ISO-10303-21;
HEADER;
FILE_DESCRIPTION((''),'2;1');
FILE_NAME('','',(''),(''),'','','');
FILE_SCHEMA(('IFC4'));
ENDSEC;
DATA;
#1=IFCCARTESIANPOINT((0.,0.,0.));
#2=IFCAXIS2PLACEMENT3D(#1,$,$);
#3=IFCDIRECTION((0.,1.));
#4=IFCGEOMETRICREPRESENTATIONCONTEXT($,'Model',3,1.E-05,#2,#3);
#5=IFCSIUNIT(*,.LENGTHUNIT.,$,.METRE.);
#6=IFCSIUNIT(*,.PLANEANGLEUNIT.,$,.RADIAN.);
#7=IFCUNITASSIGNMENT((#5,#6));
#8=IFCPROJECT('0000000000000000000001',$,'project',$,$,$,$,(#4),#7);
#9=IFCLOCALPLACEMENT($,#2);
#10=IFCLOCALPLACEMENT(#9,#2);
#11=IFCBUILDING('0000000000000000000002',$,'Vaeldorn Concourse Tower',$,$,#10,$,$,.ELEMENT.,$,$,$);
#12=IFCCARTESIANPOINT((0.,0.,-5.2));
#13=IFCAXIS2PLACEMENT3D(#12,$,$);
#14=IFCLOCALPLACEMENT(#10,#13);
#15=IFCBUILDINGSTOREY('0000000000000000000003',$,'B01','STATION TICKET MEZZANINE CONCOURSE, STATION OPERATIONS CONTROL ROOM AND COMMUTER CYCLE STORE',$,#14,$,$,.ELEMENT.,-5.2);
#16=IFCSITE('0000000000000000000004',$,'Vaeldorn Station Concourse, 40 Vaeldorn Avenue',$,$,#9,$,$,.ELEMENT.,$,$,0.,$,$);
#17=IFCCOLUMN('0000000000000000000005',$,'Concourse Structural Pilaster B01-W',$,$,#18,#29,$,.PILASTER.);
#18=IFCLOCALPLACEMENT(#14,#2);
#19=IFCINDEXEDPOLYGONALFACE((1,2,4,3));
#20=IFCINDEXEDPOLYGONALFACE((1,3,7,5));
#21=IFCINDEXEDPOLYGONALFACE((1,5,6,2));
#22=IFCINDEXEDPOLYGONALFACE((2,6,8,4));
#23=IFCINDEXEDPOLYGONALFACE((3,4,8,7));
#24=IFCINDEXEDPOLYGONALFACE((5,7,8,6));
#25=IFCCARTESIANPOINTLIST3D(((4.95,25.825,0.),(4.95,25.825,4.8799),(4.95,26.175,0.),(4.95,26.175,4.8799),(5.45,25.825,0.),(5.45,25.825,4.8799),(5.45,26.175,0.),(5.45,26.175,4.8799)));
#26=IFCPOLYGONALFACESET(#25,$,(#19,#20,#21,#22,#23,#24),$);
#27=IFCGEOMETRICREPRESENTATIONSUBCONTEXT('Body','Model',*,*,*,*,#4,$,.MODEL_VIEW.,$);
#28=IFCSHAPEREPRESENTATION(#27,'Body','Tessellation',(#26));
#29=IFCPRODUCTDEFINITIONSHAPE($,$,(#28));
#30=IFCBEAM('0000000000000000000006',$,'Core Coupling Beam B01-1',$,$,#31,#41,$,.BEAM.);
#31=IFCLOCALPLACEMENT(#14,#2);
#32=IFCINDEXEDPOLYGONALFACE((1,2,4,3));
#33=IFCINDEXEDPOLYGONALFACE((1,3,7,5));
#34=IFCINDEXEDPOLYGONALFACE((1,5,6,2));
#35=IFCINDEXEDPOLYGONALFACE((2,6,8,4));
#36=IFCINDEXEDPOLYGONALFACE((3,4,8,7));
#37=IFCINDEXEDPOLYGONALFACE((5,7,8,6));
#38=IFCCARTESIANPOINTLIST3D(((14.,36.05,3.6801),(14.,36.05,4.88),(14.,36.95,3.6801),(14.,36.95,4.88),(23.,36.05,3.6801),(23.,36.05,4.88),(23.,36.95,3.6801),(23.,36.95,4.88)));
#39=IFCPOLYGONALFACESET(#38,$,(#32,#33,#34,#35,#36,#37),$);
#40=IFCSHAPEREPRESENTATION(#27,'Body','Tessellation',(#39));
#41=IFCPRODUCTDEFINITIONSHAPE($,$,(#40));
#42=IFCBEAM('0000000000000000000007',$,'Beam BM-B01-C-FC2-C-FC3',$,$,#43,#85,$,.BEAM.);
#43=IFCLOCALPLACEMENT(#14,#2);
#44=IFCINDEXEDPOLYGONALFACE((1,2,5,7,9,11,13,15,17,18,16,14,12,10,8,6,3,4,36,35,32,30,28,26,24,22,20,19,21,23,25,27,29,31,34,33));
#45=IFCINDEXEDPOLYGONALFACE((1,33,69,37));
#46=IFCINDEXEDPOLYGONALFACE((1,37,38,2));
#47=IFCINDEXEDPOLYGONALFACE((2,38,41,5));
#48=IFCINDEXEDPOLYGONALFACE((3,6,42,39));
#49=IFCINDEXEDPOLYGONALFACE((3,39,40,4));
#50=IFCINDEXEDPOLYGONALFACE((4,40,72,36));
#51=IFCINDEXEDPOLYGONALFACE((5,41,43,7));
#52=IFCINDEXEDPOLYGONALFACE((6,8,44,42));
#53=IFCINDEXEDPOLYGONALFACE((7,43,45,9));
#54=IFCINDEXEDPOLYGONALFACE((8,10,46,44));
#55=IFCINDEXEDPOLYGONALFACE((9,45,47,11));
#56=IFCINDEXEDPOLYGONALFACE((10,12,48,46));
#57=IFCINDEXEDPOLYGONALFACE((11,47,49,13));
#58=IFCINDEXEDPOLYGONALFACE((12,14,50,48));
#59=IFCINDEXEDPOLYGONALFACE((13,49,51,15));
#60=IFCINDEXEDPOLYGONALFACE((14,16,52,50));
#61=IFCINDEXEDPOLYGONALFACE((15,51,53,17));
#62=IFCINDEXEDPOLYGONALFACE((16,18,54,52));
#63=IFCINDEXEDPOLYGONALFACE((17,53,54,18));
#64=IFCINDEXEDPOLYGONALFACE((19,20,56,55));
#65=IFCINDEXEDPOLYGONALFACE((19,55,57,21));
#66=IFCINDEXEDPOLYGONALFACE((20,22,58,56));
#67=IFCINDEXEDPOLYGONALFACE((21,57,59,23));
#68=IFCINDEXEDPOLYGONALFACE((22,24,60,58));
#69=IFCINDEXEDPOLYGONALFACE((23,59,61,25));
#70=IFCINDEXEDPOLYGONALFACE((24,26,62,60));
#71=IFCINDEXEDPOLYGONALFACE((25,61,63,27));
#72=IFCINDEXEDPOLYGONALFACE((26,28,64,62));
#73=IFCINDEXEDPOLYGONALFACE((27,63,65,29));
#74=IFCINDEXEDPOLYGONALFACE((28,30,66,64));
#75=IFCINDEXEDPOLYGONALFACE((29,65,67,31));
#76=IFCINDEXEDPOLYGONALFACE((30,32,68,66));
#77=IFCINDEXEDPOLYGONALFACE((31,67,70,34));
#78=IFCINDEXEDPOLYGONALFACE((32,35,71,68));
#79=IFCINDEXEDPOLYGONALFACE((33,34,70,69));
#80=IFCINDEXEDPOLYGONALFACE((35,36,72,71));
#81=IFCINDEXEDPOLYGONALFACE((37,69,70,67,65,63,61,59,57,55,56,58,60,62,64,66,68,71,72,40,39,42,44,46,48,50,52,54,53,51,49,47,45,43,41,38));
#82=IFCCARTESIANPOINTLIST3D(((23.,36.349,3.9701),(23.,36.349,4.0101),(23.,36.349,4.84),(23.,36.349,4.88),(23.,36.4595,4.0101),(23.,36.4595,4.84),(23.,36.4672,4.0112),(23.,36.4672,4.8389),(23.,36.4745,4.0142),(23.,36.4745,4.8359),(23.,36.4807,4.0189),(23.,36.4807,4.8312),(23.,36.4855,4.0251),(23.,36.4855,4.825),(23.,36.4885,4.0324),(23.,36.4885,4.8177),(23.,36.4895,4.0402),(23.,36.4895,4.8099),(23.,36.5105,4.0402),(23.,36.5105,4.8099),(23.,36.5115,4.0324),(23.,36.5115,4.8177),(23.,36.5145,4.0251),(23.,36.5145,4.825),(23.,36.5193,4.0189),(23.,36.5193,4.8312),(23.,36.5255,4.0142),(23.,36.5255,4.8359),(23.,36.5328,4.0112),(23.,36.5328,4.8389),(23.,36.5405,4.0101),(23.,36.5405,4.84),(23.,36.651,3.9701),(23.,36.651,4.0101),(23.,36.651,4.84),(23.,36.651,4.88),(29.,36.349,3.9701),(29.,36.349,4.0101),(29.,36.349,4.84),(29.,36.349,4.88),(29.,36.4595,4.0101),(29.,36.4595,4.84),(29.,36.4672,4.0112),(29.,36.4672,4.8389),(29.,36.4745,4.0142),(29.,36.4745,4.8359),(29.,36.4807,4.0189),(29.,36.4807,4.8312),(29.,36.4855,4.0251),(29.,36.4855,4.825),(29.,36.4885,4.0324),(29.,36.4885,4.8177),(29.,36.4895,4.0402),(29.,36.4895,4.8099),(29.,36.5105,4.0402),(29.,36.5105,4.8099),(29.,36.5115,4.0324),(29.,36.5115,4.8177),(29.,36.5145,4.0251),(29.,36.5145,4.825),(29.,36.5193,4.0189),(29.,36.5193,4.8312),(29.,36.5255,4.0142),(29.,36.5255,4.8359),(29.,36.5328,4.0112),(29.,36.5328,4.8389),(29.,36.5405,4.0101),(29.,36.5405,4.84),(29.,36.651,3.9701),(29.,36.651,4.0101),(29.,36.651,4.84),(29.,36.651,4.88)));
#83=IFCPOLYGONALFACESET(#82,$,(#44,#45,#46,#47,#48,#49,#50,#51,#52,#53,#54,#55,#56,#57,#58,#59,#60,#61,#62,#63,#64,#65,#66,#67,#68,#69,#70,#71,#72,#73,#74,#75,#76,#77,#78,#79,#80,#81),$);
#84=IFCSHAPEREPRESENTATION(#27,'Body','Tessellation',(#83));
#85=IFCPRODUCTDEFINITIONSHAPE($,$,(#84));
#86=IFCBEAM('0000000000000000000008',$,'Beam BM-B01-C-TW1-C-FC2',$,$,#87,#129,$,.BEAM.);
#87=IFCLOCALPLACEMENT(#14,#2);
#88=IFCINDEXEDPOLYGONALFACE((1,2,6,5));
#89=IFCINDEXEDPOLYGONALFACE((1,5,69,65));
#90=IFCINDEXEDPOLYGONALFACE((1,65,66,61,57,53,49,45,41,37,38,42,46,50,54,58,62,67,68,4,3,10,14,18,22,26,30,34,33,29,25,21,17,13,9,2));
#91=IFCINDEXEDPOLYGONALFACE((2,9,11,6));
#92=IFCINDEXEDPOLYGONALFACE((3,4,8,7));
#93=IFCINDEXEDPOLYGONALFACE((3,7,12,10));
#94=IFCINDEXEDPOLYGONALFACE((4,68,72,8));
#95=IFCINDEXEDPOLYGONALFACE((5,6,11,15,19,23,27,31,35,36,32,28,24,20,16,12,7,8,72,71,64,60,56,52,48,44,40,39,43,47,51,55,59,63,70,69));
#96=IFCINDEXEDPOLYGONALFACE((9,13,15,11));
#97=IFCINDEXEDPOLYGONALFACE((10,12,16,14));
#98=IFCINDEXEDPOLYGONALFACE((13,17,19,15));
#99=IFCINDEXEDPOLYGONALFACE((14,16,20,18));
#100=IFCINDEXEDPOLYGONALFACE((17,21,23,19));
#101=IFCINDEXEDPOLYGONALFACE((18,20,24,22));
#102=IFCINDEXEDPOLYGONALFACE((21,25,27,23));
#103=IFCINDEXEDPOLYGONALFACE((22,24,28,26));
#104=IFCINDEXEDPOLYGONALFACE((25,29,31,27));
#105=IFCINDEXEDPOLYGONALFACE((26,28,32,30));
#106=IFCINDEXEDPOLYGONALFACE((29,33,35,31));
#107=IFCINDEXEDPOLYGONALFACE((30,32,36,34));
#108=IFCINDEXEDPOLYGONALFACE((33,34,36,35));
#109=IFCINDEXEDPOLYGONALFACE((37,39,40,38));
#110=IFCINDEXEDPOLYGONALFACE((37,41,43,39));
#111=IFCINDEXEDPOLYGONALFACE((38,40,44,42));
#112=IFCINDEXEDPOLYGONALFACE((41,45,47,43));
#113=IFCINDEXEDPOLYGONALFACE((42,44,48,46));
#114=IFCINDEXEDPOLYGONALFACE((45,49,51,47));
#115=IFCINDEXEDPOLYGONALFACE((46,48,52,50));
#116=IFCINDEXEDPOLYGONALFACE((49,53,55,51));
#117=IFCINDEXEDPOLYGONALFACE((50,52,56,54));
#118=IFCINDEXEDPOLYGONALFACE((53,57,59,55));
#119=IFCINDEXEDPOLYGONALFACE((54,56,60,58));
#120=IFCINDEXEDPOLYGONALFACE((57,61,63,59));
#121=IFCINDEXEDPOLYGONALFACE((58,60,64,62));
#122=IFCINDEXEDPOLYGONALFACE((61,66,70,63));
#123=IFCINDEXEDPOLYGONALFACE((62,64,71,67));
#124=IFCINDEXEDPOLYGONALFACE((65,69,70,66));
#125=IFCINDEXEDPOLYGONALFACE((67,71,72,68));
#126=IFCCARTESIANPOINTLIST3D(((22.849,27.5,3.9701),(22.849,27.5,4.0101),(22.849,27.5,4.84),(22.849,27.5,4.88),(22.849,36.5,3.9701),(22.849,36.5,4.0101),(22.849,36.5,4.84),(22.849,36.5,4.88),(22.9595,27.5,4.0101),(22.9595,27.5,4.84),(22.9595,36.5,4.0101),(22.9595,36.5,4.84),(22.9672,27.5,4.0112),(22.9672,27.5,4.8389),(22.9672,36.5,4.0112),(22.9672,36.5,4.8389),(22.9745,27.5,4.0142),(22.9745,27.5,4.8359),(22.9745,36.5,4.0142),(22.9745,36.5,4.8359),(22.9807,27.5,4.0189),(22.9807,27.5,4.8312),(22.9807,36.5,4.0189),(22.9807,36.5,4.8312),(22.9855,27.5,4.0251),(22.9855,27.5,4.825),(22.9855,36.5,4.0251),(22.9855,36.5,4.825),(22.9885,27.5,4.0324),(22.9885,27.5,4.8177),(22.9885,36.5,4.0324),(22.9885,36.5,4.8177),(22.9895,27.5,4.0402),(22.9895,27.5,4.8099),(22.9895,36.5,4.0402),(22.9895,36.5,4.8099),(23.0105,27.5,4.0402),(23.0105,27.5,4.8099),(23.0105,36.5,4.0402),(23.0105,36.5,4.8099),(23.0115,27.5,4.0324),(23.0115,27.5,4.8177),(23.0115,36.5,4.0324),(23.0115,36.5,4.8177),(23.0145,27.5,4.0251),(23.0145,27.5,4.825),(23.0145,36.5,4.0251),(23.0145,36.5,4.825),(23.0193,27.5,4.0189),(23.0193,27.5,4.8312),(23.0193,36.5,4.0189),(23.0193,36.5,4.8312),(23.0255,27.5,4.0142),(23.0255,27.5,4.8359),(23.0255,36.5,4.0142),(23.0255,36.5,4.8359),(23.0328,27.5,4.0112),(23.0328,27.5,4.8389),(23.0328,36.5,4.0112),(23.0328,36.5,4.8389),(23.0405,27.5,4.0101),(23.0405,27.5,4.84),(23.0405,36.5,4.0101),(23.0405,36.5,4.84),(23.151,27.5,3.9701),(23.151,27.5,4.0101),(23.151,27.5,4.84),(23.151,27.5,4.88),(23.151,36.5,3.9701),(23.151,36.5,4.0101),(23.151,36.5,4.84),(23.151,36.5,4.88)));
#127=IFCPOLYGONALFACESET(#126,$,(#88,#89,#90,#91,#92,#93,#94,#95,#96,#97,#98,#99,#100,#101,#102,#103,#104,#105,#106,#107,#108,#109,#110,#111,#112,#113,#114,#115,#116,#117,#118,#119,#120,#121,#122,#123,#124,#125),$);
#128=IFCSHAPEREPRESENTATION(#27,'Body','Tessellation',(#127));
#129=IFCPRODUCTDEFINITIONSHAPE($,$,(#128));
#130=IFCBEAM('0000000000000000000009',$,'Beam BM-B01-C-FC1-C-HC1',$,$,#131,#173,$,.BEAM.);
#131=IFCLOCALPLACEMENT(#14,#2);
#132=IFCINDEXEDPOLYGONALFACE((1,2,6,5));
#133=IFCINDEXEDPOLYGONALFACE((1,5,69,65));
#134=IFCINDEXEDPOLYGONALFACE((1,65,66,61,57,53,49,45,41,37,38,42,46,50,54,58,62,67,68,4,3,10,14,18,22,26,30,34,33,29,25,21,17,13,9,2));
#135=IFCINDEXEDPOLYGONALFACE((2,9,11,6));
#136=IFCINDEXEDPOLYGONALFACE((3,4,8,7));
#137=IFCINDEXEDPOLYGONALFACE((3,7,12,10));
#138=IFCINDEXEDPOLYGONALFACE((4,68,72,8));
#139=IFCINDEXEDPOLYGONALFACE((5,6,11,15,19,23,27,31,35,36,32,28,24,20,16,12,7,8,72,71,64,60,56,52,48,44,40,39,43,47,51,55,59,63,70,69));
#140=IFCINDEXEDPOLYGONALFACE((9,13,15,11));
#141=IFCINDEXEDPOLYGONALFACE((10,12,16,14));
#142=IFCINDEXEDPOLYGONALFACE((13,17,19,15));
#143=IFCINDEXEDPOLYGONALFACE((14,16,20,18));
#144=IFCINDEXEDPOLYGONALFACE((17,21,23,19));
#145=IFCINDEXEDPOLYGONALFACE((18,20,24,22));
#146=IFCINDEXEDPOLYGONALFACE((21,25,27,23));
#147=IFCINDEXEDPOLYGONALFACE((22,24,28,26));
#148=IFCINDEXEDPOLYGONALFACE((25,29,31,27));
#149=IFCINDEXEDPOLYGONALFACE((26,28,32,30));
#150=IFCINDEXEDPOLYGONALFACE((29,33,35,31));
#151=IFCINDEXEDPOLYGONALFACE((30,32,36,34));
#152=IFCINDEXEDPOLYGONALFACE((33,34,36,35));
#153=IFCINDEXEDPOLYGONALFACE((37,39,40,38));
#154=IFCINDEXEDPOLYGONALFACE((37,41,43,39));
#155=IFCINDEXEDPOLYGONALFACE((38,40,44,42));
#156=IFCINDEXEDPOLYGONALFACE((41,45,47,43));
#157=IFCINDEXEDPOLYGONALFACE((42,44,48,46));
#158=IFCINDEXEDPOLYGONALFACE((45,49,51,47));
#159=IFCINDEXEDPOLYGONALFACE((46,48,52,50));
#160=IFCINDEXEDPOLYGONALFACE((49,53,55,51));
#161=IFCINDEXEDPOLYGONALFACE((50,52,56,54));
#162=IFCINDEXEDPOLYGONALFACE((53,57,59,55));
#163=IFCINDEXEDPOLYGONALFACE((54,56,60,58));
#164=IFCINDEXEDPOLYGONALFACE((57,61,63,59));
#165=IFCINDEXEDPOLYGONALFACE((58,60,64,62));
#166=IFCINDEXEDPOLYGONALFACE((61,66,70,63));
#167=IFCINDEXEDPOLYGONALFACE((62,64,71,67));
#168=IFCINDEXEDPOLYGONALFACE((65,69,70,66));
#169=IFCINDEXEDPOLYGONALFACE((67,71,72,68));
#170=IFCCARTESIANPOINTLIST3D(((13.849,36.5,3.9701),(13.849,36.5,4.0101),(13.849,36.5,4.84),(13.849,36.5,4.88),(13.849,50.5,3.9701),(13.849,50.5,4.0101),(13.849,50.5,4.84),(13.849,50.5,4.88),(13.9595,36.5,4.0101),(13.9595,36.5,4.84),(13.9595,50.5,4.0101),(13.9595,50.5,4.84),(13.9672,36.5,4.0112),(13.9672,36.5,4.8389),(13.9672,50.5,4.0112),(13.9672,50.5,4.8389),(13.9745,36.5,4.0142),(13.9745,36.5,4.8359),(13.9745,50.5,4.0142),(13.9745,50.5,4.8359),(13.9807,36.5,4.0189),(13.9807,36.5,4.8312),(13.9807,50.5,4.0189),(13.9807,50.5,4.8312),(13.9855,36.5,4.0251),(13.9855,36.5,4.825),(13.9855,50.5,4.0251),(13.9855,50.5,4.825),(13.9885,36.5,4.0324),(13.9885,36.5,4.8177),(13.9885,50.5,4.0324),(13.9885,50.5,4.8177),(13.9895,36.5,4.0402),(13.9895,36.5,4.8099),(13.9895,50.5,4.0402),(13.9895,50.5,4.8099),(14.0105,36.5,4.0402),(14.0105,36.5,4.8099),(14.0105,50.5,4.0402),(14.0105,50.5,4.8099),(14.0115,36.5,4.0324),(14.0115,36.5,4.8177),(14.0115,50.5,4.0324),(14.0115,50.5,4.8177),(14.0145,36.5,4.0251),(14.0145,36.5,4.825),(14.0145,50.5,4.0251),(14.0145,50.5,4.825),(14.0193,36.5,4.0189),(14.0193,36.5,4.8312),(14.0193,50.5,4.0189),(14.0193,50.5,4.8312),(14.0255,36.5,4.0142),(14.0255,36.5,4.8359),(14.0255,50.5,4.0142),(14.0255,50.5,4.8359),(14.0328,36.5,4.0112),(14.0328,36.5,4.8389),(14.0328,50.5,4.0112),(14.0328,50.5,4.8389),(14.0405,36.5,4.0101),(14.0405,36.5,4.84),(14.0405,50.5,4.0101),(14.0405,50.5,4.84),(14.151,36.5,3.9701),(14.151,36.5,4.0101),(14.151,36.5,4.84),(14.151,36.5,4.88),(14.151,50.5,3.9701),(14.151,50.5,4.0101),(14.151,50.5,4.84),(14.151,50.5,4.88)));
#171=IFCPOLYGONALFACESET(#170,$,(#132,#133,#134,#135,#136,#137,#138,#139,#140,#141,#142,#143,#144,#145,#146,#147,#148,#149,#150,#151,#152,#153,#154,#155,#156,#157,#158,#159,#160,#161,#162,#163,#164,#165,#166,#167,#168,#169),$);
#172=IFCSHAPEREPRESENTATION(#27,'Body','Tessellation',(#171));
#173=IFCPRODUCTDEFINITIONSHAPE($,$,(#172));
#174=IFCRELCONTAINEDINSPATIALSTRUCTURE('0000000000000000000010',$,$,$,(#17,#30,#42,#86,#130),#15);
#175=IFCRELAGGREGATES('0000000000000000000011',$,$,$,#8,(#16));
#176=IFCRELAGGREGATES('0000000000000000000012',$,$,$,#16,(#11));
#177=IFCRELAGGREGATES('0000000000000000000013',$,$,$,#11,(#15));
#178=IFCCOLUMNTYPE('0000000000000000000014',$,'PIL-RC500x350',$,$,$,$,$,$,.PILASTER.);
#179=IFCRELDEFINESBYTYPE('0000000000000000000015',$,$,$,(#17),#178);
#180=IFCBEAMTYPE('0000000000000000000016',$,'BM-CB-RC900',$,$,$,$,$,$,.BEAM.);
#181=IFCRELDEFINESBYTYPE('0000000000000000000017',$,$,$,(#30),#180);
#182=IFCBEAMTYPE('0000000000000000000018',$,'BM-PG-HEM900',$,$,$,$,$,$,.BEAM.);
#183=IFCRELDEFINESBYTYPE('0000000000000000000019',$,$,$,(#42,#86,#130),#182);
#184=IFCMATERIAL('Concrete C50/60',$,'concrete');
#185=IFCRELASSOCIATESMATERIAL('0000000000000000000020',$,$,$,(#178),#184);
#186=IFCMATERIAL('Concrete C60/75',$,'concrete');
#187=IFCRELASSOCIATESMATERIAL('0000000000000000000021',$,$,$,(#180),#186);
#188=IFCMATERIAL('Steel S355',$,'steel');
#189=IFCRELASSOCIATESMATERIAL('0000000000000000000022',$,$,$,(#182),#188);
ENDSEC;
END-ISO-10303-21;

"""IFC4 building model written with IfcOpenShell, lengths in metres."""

from ifc_helpers import new_model, si_unit, direction, frame, origin, origin_2d, place, context, subcontext, project, spatial, rectangle, i_section, extrude, source, transform, mapped, material, material_profile, profile_set, type_object, element, save


model = new_model("IFC4")

# Units and contexts
model_context = context("Model", 3, precision=1e-05, world=origin(), true_north=direction((0.0, 1.0)))
body_context = subcontext(model_context, "Body", "Model", "MODEL_VIEW")
ifc_project = project(units=[si_unit("LENGTHUNIT", "METRE"), si_unit("PLANEANGLEUNIT", "RADIAN")], contexts=[model_context])

# Site, building, storey
site_placement = place(None, origin())
site = spatial("IfcSite", under=ifc_project, at=site_placement, Name="Vaeldorn Station Concourse, 40 Vaeldorn Avenue", CompositionType="ELEMENT", RefElevation=0.0)
building_placement = place(site_placement, origin())
building = spatial("IfcBuilding", under=site, at=building_placement, Name="Vaeldorn Concourse Tower", CompositionType="ELEMENT")
storey_placement = place(building_placement, frame((0.0, 0.0, -5.2)))
storey = spatial("IfcBuildingStorey", under=building, at=storey_placement, Name="B01", Description="STATION TICKET MEZZANINE CONCOURSE, STATION OPERATIONS CONTROL ROOM AND COMMUTER CYCLE STORE", CompositionType="ELEMENT", Elevation=-5.2)

# Column
ifc_material_1 = material(Name="Concrete C60/75", Category="concrete")
ifc_material_2 = material(Name="Concrete C50/60", Category="concrete")
ifc_material_profile_1 = material_profile(ifc_material_2, rectangle(XDim=0.5, YDim=0.3501, at=origin_2d()), Name="RC 500x350")
ifc_profile_set_1 = profile_set([ifc_material_profile_1], Name="Concrete C50/60")
column_type_1 = type_object("IfcColumnType", Name="PIL-RC500x350", PredefinedType="PILASTER", material=ifc_profile_set_1)
shared_shape_1 = source(origin(), body_context, "Body", "SweptSolid", [
    extrude(rectangle(XDim=0.5, YDim=0.3501, at=origin_2d()), origin(), (0.0, 0.0, 1.0), 4.8799),
])
column_1_placement = place(storey_placement, frame((5.2, 26.0, 0.0), z_axis=(0.0, 0.0, 1.0), x_axis=(1.0, 0.0, 0.0)))
element("IfcColumn", 1, at=column_1_placement, inside=storey, type_object=column_type_1, Name="Concourse Structural Pilaster B01-W", PredefinedType="PILASTER", context=body_context, shape_type="MappedRepresentation", body=[
    mapped(shared_shape_1, transform((0.0, 0.0, 0.0), scale=1.0)),
])

# Beams
ifc_material_profile_2 = material_profile(ifc_material_1, rectangle(XDim=0.8999, YDim=1.2, at=origin_2d()), Name="RC 900x1200")
ifc_profile_set_2 = profile_set([ifc_material_profile_2], Name="Concrete C60/75")
beam_type_1 = type_object("IfcBeamType", Name="BM-CB-RC900", PredefinedType="BEAM", material=ifc_profile_set_2)
shared_shape_2 = source(origin(), body_context, "Body", "SweptSolid", [
    extrude(rectangle(XDim=0.8999, YDim=1.2, at=origin_2d()), origin(), (0.0, 0.0, 1.0), 9.0),
])
beam_1_placement = place(storey_placement, frame((14.0, 36.5, 4.28), z_axis=(1.0, 0.0, 0.0), x_axis=(0.0, 1.0, 0.0)))
element("IfcBeam", 2, at=beam_1_placement, inside=storey, type_object=beam_type_1, Name="Core Coupling Beam B01-1", PredefinedType="BEAM", context=body_context, shape_type="MappedRepresentation", body=[
    mapped(shared_shape_2, transform((0.0, 0.0, 0.0), scale=1.0)),
])
ifc_material_3 = material(Name="Steel S355", Category="steel")
ifc_material_profile_3 = material_profile(ifc_material_3, i_section(OverallWidth=0.302, OverallDepth=0.9099, WebThickness=0.021, FlangeThickness=0.04, FilletRadius=0.03, at=origin_2d()), Name="HEM 900")
ifc_profile_set_3 = profile_set([ifc_material_profile_3], Name="Steel S355")
beam_type_2 = type_object("IfcBeamType", Name="BM-PG-HEM900", PredefinedType="BEAM", material=ifc_profile_set_3)
shared_shape_3 = source(origin(), body_context, "Body", "SweptSolid", [
    extrude(i_section(OverallWidth=0.302, OverallDepth=0.9099, WebThickness=0.021, FlangeThickness=0.04, FilletRadius=0.03, at=origin_2d()), origin(), (0.0, 0.0, 1.0), 6.0),
])
beam_2_placement = place(storey_placement, frame((23.0, 36.5, 4.425), z_axis=(1.0, 0.0, 0.0), x_axis=(0.0, 1.0, 0.0)))
element("IfcBeam", 3, at=beam_2_placement, inside=storey, type_object=beam_type_2, Name="Beam BM-B01-C-FC2-C-FC3", PredefinedType="BEAM", context=body_context, shape_type="MappedRepresentation", body=[
    mapped(shared_shape_3, transform((0.0, 0.0, 0.0), scale=1.0)),
])
shared_shape_4 = source(origin(), body_context, "Body", "SweptSolid", [
    extrude(i_section(OverallWidth=0.302, OverallDepth=0.9099, WebThickness=0.021, FlangeThickness=0.04, FilletRadius=0.03, at=origin_2d()), origin(), (0.0, 0.0, 1.0), 9.0),
])
beam_3_placement = place(storey_placement, frame((23.0, 27.5, 4.425), z_axis=(0.0, 1.0, 0.0), x_axis=(-1.0, 0.0, 0.0)))
element("IfcBeam", 4, at=beam_3_placement, inside=storey, type_object=beam_type_2, Name="Beam BM-B01-C-TW1-C-FC2", PredefinedType="BEAM", context=body_context, shape_type="MappedRepresentation", body=[
    mapped(shared_shape_4, transform((0.0, 0.0, 0.0), scale=1.0)),
])
shared_shape_5 = source(origin(), body_context, "Body", "SweptSolid", [
    extrude(i_section(OverallWidth=0.302, OverallDepth=0.9099, WebThickness=0.021, FlangeThickness=0.04, FilletRadius=0.03, at=origin_2d()), origin(), (0.0, 0.0, 1.0), 14.0),
])
for number, where, z_axis, x_axis, name in (
    (5, (14.0, 36.5, 4.425), (0.0, 1.0, 0.0), (-1.0, 0.0, 0.0), "Beam BM-B01-C-FC1-C-HC1"),
):
    element("IfcBeam", number, at=place(storey_placement, frame(where, z_axis=z_axis, x_axis=x_axis)), inside=storey, type_object=beam_type_2, Name=name, PredefinedType="BEAM", context=body_context, shape_type="MappedRepresentation", body=[
        mapped(shared_shape_5, transform((0.0, 0.0, 0.0), scale=1.0)),
    ])

save(model, "model.ifc")
